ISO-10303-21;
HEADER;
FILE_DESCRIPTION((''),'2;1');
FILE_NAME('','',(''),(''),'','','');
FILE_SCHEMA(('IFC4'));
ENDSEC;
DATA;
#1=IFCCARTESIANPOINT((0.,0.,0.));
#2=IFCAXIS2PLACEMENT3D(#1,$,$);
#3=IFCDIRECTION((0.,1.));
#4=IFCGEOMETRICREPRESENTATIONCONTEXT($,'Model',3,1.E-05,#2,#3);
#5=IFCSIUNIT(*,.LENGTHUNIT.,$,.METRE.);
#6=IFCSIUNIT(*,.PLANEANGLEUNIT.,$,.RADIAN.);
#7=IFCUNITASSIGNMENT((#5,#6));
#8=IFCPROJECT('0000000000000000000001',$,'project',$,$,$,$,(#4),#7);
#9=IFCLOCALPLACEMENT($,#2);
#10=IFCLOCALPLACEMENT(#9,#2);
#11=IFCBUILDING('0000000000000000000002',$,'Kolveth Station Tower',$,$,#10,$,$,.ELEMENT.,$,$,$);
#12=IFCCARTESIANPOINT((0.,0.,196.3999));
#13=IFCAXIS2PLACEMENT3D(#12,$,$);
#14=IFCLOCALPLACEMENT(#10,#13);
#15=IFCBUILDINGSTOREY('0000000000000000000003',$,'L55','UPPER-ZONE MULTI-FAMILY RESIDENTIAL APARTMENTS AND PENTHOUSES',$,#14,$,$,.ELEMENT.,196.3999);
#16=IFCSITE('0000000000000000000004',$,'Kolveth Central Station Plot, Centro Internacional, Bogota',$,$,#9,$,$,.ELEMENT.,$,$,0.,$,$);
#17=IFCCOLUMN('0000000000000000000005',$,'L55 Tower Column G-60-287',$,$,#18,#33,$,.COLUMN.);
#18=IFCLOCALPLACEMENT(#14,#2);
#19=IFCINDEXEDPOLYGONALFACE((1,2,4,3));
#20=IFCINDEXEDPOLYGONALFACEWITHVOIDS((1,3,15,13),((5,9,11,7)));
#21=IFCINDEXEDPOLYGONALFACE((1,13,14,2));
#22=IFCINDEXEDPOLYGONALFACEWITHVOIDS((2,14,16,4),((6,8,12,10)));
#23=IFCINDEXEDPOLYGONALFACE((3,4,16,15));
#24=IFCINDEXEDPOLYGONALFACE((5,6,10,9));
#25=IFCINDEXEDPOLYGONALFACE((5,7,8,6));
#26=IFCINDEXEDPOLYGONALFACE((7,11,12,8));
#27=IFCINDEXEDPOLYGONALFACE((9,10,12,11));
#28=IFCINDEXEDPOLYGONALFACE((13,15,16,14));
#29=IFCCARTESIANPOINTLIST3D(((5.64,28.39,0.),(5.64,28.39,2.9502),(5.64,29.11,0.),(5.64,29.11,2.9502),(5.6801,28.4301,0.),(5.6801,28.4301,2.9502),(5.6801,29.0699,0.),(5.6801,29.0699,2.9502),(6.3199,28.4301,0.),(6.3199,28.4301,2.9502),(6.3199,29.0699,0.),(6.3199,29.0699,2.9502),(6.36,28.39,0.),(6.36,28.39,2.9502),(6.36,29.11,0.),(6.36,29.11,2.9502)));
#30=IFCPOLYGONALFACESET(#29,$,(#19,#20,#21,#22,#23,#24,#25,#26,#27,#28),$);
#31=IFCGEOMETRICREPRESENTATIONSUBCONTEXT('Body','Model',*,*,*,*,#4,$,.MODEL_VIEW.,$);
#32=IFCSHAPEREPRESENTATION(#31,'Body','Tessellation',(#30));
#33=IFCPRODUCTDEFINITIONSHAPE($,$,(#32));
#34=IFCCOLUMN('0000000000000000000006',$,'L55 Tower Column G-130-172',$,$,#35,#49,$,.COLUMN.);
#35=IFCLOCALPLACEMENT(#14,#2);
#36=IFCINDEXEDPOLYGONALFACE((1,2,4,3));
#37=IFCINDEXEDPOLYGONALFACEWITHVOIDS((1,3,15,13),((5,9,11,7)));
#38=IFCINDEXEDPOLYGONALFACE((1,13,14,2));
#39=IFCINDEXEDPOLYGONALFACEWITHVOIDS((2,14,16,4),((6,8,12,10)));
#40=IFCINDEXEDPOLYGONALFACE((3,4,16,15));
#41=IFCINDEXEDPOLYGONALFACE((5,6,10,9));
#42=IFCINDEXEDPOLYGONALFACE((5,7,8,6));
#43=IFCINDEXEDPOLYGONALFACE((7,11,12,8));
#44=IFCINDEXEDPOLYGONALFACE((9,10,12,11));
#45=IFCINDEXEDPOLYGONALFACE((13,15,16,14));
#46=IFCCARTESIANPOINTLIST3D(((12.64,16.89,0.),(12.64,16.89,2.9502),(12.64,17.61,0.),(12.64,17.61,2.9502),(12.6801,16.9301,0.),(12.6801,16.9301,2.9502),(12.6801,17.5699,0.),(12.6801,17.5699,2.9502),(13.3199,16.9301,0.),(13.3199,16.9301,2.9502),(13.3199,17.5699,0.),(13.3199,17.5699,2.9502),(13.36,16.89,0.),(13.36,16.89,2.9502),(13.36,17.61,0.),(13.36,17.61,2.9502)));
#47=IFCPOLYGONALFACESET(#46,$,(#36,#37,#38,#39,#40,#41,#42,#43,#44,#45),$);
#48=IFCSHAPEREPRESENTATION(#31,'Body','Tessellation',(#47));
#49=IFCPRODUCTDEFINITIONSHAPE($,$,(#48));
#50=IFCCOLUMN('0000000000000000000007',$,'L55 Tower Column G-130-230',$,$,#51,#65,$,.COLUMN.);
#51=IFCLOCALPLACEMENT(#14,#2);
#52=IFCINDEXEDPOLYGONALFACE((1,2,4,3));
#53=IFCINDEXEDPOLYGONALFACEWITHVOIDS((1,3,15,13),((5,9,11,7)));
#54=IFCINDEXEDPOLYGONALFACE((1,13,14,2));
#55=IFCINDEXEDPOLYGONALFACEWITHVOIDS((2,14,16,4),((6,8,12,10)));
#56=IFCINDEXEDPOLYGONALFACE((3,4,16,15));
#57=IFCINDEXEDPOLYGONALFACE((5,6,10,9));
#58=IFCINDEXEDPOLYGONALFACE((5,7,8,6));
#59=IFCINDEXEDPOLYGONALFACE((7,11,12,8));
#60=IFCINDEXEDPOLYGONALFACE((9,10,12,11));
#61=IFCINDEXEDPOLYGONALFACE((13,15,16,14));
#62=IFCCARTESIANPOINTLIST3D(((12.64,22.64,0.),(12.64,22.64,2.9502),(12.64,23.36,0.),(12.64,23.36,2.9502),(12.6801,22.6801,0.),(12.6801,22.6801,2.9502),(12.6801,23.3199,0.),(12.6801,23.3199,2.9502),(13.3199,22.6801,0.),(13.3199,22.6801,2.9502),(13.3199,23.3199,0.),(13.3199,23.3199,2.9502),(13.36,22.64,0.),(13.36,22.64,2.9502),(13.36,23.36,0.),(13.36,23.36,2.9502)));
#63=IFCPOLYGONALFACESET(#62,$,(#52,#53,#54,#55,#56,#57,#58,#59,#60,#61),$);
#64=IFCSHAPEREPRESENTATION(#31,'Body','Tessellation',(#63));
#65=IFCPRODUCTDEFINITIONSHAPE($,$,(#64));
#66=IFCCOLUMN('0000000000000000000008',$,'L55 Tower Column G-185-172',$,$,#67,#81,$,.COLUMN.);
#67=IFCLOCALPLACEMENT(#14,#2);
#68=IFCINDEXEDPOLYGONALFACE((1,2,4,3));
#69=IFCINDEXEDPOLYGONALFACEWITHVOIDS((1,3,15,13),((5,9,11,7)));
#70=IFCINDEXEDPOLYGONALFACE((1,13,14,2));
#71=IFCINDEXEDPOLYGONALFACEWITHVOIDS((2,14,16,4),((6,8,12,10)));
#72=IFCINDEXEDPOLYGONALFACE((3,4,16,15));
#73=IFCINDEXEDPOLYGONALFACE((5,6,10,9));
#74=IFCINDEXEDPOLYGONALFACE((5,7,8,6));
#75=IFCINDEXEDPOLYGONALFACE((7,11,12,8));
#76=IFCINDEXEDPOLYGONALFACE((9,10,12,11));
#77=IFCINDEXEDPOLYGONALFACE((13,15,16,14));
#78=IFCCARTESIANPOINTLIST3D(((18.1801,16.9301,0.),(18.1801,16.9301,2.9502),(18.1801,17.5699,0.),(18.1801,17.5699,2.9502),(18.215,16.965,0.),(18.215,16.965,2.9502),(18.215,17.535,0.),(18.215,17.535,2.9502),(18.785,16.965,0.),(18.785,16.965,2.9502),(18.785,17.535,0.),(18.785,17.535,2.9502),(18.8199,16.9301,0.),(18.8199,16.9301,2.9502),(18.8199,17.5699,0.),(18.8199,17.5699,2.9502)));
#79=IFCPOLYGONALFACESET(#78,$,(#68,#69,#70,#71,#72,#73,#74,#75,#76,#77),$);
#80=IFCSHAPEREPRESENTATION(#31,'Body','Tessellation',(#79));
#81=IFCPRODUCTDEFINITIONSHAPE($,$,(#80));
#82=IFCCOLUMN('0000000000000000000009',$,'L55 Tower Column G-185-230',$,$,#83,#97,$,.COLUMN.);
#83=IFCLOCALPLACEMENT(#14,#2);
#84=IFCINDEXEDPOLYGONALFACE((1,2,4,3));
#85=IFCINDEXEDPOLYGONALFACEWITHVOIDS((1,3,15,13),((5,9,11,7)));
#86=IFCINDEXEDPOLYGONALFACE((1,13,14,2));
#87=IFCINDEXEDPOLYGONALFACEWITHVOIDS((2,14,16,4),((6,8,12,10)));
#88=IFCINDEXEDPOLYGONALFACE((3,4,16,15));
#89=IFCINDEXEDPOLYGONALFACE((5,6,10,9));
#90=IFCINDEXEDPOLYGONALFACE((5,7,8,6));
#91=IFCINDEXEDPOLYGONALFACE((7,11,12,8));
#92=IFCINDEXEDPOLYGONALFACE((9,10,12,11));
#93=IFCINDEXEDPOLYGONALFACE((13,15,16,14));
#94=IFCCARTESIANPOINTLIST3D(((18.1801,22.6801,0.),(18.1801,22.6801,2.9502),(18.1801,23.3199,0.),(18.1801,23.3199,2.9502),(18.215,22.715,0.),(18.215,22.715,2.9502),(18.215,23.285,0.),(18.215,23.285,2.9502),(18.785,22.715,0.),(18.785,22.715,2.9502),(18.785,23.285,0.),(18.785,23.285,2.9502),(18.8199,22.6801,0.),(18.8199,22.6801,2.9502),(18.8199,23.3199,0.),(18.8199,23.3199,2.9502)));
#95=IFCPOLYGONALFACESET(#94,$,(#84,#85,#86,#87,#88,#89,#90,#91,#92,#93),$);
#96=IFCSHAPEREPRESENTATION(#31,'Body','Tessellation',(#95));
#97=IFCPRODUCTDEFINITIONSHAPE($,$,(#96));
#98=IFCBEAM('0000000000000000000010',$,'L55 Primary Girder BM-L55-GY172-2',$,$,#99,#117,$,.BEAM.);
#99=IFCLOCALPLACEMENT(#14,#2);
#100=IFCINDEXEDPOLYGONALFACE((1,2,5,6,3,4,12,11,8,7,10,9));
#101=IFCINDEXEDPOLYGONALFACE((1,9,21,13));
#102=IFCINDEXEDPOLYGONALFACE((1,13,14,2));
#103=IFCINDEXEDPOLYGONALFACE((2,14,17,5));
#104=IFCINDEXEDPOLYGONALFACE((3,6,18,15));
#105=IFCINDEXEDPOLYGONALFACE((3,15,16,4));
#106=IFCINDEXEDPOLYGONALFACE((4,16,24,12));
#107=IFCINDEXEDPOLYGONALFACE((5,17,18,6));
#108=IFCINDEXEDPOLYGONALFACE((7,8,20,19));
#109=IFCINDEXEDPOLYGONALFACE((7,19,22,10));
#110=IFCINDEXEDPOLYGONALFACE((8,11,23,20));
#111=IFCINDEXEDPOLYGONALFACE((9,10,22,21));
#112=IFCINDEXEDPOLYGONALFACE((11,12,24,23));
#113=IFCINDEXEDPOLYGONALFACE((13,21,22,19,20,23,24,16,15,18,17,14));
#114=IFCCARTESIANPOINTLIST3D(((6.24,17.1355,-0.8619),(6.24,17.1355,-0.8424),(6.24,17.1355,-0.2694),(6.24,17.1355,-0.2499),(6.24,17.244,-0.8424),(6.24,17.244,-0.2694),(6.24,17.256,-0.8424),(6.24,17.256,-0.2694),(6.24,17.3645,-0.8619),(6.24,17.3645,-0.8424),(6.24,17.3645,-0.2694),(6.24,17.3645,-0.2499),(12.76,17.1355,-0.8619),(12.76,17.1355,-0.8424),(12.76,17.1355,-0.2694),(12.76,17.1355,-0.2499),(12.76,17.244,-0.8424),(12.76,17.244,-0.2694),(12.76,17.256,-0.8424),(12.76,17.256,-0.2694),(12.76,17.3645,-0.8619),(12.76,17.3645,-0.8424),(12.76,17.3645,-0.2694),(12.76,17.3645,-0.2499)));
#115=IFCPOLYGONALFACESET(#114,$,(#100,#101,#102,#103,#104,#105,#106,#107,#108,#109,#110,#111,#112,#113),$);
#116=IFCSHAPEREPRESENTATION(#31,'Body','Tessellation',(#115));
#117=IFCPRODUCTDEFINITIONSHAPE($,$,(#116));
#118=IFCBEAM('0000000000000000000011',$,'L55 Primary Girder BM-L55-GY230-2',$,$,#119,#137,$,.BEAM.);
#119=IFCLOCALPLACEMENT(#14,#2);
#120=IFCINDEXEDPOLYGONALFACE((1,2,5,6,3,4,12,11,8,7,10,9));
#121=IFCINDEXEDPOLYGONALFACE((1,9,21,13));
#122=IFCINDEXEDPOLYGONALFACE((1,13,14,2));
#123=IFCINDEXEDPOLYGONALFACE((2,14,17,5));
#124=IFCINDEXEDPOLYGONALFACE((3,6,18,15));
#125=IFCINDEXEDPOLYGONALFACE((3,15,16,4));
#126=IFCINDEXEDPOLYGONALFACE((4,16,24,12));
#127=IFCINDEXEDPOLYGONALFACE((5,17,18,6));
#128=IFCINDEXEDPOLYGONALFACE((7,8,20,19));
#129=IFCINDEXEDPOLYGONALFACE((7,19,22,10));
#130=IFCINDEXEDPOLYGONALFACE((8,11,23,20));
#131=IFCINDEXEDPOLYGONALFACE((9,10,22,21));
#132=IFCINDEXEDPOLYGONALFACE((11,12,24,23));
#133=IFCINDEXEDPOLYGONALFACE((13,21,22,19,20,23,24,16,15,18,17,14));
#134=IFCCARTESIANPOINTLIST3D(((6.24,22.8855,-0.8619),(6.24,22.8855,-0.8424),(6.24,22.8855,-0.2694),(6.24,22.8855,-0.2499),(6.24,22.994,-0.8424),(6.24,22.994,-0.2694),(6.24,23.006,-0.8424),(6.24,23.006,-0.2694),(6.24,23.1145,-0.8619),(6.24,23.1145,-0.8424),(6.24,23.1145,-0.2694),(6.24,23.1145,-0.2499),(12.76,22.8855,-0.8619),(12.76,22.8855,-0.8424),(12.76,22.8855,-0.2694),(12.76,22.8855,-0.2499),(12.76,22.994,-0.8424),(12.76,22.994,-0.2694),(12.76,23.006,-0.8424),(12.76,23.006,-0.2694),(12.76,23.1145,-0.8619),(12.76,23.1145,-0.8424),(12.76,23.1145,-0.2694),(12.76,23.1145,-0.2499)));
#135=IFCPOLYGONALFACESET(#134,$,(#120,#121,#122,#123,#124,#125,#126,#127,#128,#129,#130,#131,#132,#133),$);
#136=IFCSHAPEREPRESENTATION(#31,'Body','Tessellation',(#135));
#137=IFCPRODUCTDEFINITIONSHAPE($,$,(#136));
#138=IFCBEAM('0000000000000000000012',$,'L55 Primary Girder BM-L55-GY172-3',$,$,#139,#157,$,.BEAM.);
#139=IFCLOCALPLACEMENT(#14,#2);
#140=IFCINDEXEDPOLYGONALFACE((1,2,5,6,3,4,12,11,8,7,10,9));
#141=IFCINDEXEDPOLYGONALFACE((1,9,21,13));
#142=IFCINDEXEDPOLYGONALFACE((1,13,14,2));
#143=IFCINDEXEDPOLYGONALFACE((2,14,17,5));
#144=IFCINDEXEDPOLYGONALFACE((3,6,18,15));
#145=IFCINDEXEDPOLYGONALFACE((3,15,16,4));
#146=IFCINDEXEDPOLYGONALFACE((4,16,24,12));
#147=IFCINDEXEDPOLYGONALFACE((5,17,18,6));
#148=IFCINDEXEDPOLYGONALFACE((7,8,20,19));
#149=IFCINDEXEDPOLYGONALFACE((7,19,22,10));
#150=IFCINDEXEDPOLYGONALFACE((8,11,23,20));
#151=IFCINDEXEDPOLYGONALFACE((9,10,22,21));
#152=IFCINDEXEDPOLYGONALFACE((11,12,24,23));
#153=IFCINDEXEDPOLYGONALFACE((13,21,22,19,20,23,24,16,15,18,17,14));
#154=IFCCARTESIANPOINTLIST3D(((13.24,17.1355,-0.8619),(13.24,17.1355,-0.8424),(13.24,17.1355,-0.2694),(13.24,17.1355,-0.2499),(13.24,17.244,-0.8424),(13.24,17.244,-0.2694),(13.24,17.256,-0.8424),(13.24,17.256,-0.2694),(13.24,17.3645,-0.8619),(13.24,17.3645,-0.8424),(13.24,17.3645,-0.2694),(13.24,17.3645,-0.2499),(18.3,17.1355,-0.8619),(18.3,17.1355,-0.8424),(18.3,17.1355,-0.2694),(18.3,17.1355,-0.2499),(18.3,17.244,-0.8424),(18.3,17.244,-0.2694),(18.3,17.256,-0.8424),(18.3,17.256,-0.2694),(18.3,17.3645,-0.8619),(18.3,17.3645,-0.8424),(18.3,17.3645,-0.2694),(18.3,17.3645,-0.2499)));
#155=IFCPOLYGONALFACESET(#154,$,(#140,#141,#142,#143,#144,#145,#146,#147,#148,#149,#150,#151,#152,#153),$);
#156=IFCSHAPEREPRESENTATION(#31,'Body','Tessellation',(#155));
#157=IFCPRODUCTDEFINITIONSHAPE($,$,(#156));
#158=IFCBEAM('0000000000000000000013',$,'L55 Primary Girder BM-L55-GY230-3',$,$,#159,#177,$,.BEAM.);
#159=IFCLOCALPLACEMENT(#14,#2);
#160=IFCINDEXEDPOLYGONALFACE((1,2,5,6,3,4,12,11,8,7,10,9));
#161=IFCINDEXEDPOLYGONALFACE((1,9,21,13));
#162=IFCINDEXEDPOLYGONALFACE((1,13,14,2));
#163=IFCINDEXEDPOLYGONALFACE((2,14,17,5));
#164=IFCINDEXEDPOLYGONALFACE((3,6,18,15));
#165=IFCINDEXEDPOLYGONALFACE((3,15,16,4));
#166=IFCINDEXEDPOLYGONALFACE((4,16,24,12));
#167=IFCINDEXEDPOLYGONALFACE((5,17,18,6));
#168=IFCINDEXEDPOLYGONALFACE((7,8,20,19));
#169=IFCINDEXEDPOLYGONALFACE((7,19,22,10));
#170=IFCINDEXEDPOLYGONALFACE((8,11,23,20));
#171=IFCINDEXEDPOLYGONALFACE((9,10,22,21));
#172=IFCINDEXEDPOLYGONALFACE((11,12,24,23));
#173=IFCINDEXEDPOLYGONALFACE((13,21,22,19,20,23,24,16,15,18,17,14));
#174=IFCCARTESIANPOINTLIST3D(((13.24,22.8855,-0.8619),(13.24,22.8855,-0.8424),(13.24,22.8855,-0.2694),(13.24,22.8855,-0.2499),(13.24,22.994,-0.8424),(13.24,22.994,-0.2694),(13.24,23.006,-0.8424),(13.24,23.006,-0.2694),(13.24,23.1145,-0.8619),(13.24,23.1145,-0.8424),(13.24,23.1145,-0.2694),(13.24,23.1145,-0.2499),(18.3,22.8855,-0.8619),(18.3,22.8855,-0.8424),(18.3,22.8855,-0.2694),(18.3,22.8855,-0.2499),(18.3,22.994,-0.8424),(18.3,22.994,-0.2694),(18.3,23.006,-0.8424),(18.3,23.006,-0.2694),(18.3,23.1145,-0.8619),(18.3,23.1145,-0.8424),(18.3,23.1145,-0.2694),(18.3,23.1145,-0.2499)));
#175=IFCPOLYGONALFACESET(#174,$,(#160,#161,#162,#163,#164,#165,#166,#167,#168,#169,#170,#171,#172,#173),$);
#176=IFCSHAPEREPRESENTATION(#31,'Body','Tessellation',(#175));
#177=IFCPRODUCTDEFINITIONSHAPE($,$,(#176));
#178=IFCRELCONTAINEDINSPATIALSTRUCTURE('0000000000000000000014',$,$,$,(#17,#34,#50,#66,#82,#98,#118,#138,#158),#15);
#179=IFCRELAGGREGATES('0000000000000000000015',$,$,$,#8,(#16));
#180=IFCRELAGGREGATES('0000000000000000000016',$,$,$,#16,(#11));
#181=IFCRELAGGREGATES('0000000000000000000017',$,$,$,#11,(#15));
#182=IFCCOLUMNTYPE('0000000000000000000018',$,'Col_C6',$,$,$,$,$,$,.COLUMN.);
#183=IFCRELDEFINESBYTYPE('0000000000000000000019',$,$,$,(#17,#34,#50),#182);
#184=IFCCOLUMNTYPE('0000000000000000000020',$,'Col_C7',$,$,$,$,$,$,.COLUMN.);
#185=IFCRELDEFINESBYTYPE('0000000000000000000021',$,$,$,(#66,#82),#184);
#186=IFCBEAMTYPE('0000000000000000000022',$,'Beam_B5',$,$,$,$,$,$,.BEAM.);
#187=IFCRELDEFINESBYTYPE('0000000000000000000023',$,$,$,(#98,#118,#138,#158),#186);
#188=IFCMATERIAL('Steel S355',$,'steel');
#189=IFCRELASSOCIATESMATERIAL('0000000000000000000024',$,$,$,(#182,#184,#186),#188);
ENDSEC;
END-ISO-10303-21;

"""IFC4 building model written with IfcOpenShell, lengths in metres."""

from ifc_helpers import new_model, si_unit, direction, frame, origin, origin_2d, place, context, subcontext, project, spatial, hollow_rectangle, i_section, extrude, source, transform, mapped, material, material_profile, profile_set, type_object, element, save


model = new_model("IFC4")

# Units and contexts
model_context = context("Model", 3, precision=1e-05, world=origin(), true_north=direction((0.0, 1.0)))
body_context = subcontext(model_context, "Body", "Model", "MODEL_VIEW")
ifc_project = project(units=[si_unit("LENGTHUNIT", "METRE"), si_unit("PLANEANGLEUNIT", "RADIAN")], contexts=[model_context])

# Site, building, storey
site_placement = place(None, origin())
site = spatial("IfcSite", under=ifc_project, at=site_placement, Name="Kolveth Central Station Plot, Centro Internacional, Bogota", CompositionType="ELEMENT", RefElevation=0.0)
building_placement = place(site_placement, origin())
building = spatial("IfcBuilding", under=site, at=building_placement, Name="Kolveth Station Tower", CompositionType="ELEMENT")
storey_placement = place(building_placement, frame((0.0, 0.0, 196.3999)))
storey = spatial("IfcBuildingStorey", under=building, at=storey_placement, Name="L55", Description="UPPER-ZONE MULTI-FAMILY RESIDENTIAL APARTMENTS AND PENTHOUSES", CompositionType="ELEMENT", Elevation=196.3999)

# Columns
ifc_material_1 = material(Name="Steel S355", Category="steel")
ifc_material_profile_1 = material_profile(ifc_material_1, hollow_rectangle(XDim=0.72, YDim=0.72, WallThickness=0.04, at=origin_2d()), Name="BOX720x720x40")
ifc_profile_set_1 = profile_set([ifc_material_profile_1], Name="Steel S355")
column_type_1 = type_object("IfcColumnType", Name="Col_C6", PredefinedType="COLUMN", material=ifc_profile_set_1)
shared_shape_1 = source(origin(), body_context, "Body", "SweptSolid", [
    extrude(hollow_rectangle(XDim=0.72, YDim=0.72, WallThickness=0.04, at=origin_2d()), origin(), (0.0, 0.0, 1.0), 2.9502),
])
for number, where, z_axis, x_axis, name in (
    (1, (6.0, 28.75, 0.0), (0.0, 0.0, 1.0), (1.0, 0.0, 0.0), "L55 Tower Column G-60-287"),
    (2, (13.0, 17.25, 0.0), (0.0, 0.0, 1.0), (1.0, 0.0, 0.0), "L55 Tower Column G-130-172"),
    (3, (13.0, 23.0, 0.0), (0.0, 0.0, 1.0), (1.0, 0.0, 0.0), "L55 Tower Column G-130-230"),
):
    element("IfcColumn", number, at=place(storey_placement, frame(where, z_axis=z_axis, x_axis=x_axis)), inside=storey, type_object=column_type_1, Name=name, PredefinedType="COLUMN", context=body_context, shape_type="MappedRepresentation", body=[
        mapped(shared_shape_1, transform((0.0, 0.0, 0.0), x_axis=(1.0, 0.0, 0.0), y_axis=(0.0, 1.0, 0.0), z_axis=(0.0, 0.0, 1.0), scale=1.0)),
    ])
ifc_material_profile_2 = material_profile(ifc_material_1, hollow_rectangle(XDim=0.6399, YDim=0.6399, WallThickness=0.0349, at=origin_2d()), Name="BOX640x640x35")
ifc_profile_set_2 = profile_set([ifc_material_profile_2], Name="Steel S355")
column_type_2 = type_object("IfcColumnType", Name="Col_C7", PredefinedType="COLUMN", material=ifc_profile_set_2)
shared_shape_2 = source(origin(), body_context, "Body", "SweptSolid", [
    extrude(hollow_rectangle(XDim=0.6399, YDim=0.6399, WallThickness=0.0349, at=origin_2d()), origin(), (0.0, 0.0, 1.0), 2.9502),
])
for number, where, z_axis, x_axis, name in (
    (4, (18.5, 17.25, 0.0), (0.0, 0.0, 1.0), (1.0, 0.0, 0.0), "L55 Tower Column G-185-172"),
    (5, (18.5, 23.0, 0.0), (0.0, 0.0, 1.0), (1.0, 0.0, 0.0), "L55 Tower Column G-185-230"),
):
    element("IfcColumn", number, at=place(storey_placement, frame(where, z_axis=z_axis, x_axis=x_axis)), inside=storey, type_object=column_type_2, Name=name, PredefinedType="COLUMN", context=body_context, shape_type="MappedRepresentation", body=[
        mapped(shared_shape_2, transform((0.0, 0.0, 0.0), x_axis=(1.0, 0.0, 0.0), y_axis=(0.0, 1.0, 0.0), z_axis=(0.0, 0.0, 1.0), scale=1.0)),
    ])

# Beams
ifc_material_profile_3 = material_profile(ifc_material_1, i_section(OverallWidth=0.229, OverallDepth=0.6121, WebThickness=0.012, FlangeThickness=0.0195, at=origin_2d()), Name="W610x125")
ifc_profile_set_3 = profile_set([ifc_material_profile_3], Name="Steel S355")
beam_type_1 = type_object("IfcBeamType", Name="Beam_B5", PredefinedType="BEAM", material=ifc_profile_set_3)
shared_shape_3 = source(origin(), body_context, "Body", "SweptSolid", [
    extrude(i_section(OverallWidth=0.229, OverallDepth=0.6121, WebThickness=0.012, FlangeThickness=0.0195, at=origin_2d()), origin(), (0.0, 0.0, 1.0), 6.52),
])
for number, where, z_axis, x_axis, name in (
    (6, (6.24, 17.25, -0.5559), (1.0, 0.0, 0.0), (0.0, 1.0, 0.0), "L55 Primary Girder BM-L55-GY172-2"),
    (7, (6.24, 23.0, -0.5559), (1.0, 0.0, 0.0), (0.0, 1.0, 0.0), "L55 Primary Girder BM-L55-GY230-2"),
):
    element("IfcBeam", number, at=place(storey_placement, frame(where, z_axis=z_axis, x_axis=x_axis)), inside=storey, type_object=beam_type_1, Name=name, PredefinedType="BEAM", context=body_context, shape_type="MappedRepresentation", body=[
        mapped(shared_shape_3, transform((0.0, 0.0, 0.0), x_axis=(1.0, 0.0, 0.0), y_axis=(0.0, 1.0, 0.0), z_axis=(0.0, 0.0, 1.0), scale=1.0)),
    ])
shared_shape_4 = source(origin(), body_context, "Body", "SweptSolid", [
    extrude(i_section(OverallWidth=0.229, OverallDepth=0.6121, WebThickness=0.012, FlangeThickness=0.0195, at=origin_2d()), origin(), (0.0, 0.0, 1.0), 5.0601),
])
for number, where, z_axis, x_axis, name in (
    (8, (13.24, 17.25, -0.5559), (1.0, 0.0, 0.0), (0.0, 1.0, 0.0), "L55 Primary Girder BM-L55-GY172-3"),
    (9, (13.24, 23.0, -0.5559), (1.0, 0.0, 0.0), (0.0, 1.0, 0.0), "L55 Primary Girder BM-L55-GY230-3"),
):
    element("IfcBeam", number, at=place(storey_placement, frame(where, z_axis=z_axis, x_axis=x_axis)), inside=storey, type_object=beam_type_1, Name=name, PredefinedType="BEAM", context=body_context, shape_type="MappedRepresentation", body=[
        mapped(shared_shape_4, transform((0.0, 0.0, 0.0), x_axis=(1.0, 0.0, 0.0), y_axis=(0.0, 1.0, 0.0), z_axis=(0.0, 0.0, 1.0), scale=1.0)),
    ])

save(model, "model.ifc")
